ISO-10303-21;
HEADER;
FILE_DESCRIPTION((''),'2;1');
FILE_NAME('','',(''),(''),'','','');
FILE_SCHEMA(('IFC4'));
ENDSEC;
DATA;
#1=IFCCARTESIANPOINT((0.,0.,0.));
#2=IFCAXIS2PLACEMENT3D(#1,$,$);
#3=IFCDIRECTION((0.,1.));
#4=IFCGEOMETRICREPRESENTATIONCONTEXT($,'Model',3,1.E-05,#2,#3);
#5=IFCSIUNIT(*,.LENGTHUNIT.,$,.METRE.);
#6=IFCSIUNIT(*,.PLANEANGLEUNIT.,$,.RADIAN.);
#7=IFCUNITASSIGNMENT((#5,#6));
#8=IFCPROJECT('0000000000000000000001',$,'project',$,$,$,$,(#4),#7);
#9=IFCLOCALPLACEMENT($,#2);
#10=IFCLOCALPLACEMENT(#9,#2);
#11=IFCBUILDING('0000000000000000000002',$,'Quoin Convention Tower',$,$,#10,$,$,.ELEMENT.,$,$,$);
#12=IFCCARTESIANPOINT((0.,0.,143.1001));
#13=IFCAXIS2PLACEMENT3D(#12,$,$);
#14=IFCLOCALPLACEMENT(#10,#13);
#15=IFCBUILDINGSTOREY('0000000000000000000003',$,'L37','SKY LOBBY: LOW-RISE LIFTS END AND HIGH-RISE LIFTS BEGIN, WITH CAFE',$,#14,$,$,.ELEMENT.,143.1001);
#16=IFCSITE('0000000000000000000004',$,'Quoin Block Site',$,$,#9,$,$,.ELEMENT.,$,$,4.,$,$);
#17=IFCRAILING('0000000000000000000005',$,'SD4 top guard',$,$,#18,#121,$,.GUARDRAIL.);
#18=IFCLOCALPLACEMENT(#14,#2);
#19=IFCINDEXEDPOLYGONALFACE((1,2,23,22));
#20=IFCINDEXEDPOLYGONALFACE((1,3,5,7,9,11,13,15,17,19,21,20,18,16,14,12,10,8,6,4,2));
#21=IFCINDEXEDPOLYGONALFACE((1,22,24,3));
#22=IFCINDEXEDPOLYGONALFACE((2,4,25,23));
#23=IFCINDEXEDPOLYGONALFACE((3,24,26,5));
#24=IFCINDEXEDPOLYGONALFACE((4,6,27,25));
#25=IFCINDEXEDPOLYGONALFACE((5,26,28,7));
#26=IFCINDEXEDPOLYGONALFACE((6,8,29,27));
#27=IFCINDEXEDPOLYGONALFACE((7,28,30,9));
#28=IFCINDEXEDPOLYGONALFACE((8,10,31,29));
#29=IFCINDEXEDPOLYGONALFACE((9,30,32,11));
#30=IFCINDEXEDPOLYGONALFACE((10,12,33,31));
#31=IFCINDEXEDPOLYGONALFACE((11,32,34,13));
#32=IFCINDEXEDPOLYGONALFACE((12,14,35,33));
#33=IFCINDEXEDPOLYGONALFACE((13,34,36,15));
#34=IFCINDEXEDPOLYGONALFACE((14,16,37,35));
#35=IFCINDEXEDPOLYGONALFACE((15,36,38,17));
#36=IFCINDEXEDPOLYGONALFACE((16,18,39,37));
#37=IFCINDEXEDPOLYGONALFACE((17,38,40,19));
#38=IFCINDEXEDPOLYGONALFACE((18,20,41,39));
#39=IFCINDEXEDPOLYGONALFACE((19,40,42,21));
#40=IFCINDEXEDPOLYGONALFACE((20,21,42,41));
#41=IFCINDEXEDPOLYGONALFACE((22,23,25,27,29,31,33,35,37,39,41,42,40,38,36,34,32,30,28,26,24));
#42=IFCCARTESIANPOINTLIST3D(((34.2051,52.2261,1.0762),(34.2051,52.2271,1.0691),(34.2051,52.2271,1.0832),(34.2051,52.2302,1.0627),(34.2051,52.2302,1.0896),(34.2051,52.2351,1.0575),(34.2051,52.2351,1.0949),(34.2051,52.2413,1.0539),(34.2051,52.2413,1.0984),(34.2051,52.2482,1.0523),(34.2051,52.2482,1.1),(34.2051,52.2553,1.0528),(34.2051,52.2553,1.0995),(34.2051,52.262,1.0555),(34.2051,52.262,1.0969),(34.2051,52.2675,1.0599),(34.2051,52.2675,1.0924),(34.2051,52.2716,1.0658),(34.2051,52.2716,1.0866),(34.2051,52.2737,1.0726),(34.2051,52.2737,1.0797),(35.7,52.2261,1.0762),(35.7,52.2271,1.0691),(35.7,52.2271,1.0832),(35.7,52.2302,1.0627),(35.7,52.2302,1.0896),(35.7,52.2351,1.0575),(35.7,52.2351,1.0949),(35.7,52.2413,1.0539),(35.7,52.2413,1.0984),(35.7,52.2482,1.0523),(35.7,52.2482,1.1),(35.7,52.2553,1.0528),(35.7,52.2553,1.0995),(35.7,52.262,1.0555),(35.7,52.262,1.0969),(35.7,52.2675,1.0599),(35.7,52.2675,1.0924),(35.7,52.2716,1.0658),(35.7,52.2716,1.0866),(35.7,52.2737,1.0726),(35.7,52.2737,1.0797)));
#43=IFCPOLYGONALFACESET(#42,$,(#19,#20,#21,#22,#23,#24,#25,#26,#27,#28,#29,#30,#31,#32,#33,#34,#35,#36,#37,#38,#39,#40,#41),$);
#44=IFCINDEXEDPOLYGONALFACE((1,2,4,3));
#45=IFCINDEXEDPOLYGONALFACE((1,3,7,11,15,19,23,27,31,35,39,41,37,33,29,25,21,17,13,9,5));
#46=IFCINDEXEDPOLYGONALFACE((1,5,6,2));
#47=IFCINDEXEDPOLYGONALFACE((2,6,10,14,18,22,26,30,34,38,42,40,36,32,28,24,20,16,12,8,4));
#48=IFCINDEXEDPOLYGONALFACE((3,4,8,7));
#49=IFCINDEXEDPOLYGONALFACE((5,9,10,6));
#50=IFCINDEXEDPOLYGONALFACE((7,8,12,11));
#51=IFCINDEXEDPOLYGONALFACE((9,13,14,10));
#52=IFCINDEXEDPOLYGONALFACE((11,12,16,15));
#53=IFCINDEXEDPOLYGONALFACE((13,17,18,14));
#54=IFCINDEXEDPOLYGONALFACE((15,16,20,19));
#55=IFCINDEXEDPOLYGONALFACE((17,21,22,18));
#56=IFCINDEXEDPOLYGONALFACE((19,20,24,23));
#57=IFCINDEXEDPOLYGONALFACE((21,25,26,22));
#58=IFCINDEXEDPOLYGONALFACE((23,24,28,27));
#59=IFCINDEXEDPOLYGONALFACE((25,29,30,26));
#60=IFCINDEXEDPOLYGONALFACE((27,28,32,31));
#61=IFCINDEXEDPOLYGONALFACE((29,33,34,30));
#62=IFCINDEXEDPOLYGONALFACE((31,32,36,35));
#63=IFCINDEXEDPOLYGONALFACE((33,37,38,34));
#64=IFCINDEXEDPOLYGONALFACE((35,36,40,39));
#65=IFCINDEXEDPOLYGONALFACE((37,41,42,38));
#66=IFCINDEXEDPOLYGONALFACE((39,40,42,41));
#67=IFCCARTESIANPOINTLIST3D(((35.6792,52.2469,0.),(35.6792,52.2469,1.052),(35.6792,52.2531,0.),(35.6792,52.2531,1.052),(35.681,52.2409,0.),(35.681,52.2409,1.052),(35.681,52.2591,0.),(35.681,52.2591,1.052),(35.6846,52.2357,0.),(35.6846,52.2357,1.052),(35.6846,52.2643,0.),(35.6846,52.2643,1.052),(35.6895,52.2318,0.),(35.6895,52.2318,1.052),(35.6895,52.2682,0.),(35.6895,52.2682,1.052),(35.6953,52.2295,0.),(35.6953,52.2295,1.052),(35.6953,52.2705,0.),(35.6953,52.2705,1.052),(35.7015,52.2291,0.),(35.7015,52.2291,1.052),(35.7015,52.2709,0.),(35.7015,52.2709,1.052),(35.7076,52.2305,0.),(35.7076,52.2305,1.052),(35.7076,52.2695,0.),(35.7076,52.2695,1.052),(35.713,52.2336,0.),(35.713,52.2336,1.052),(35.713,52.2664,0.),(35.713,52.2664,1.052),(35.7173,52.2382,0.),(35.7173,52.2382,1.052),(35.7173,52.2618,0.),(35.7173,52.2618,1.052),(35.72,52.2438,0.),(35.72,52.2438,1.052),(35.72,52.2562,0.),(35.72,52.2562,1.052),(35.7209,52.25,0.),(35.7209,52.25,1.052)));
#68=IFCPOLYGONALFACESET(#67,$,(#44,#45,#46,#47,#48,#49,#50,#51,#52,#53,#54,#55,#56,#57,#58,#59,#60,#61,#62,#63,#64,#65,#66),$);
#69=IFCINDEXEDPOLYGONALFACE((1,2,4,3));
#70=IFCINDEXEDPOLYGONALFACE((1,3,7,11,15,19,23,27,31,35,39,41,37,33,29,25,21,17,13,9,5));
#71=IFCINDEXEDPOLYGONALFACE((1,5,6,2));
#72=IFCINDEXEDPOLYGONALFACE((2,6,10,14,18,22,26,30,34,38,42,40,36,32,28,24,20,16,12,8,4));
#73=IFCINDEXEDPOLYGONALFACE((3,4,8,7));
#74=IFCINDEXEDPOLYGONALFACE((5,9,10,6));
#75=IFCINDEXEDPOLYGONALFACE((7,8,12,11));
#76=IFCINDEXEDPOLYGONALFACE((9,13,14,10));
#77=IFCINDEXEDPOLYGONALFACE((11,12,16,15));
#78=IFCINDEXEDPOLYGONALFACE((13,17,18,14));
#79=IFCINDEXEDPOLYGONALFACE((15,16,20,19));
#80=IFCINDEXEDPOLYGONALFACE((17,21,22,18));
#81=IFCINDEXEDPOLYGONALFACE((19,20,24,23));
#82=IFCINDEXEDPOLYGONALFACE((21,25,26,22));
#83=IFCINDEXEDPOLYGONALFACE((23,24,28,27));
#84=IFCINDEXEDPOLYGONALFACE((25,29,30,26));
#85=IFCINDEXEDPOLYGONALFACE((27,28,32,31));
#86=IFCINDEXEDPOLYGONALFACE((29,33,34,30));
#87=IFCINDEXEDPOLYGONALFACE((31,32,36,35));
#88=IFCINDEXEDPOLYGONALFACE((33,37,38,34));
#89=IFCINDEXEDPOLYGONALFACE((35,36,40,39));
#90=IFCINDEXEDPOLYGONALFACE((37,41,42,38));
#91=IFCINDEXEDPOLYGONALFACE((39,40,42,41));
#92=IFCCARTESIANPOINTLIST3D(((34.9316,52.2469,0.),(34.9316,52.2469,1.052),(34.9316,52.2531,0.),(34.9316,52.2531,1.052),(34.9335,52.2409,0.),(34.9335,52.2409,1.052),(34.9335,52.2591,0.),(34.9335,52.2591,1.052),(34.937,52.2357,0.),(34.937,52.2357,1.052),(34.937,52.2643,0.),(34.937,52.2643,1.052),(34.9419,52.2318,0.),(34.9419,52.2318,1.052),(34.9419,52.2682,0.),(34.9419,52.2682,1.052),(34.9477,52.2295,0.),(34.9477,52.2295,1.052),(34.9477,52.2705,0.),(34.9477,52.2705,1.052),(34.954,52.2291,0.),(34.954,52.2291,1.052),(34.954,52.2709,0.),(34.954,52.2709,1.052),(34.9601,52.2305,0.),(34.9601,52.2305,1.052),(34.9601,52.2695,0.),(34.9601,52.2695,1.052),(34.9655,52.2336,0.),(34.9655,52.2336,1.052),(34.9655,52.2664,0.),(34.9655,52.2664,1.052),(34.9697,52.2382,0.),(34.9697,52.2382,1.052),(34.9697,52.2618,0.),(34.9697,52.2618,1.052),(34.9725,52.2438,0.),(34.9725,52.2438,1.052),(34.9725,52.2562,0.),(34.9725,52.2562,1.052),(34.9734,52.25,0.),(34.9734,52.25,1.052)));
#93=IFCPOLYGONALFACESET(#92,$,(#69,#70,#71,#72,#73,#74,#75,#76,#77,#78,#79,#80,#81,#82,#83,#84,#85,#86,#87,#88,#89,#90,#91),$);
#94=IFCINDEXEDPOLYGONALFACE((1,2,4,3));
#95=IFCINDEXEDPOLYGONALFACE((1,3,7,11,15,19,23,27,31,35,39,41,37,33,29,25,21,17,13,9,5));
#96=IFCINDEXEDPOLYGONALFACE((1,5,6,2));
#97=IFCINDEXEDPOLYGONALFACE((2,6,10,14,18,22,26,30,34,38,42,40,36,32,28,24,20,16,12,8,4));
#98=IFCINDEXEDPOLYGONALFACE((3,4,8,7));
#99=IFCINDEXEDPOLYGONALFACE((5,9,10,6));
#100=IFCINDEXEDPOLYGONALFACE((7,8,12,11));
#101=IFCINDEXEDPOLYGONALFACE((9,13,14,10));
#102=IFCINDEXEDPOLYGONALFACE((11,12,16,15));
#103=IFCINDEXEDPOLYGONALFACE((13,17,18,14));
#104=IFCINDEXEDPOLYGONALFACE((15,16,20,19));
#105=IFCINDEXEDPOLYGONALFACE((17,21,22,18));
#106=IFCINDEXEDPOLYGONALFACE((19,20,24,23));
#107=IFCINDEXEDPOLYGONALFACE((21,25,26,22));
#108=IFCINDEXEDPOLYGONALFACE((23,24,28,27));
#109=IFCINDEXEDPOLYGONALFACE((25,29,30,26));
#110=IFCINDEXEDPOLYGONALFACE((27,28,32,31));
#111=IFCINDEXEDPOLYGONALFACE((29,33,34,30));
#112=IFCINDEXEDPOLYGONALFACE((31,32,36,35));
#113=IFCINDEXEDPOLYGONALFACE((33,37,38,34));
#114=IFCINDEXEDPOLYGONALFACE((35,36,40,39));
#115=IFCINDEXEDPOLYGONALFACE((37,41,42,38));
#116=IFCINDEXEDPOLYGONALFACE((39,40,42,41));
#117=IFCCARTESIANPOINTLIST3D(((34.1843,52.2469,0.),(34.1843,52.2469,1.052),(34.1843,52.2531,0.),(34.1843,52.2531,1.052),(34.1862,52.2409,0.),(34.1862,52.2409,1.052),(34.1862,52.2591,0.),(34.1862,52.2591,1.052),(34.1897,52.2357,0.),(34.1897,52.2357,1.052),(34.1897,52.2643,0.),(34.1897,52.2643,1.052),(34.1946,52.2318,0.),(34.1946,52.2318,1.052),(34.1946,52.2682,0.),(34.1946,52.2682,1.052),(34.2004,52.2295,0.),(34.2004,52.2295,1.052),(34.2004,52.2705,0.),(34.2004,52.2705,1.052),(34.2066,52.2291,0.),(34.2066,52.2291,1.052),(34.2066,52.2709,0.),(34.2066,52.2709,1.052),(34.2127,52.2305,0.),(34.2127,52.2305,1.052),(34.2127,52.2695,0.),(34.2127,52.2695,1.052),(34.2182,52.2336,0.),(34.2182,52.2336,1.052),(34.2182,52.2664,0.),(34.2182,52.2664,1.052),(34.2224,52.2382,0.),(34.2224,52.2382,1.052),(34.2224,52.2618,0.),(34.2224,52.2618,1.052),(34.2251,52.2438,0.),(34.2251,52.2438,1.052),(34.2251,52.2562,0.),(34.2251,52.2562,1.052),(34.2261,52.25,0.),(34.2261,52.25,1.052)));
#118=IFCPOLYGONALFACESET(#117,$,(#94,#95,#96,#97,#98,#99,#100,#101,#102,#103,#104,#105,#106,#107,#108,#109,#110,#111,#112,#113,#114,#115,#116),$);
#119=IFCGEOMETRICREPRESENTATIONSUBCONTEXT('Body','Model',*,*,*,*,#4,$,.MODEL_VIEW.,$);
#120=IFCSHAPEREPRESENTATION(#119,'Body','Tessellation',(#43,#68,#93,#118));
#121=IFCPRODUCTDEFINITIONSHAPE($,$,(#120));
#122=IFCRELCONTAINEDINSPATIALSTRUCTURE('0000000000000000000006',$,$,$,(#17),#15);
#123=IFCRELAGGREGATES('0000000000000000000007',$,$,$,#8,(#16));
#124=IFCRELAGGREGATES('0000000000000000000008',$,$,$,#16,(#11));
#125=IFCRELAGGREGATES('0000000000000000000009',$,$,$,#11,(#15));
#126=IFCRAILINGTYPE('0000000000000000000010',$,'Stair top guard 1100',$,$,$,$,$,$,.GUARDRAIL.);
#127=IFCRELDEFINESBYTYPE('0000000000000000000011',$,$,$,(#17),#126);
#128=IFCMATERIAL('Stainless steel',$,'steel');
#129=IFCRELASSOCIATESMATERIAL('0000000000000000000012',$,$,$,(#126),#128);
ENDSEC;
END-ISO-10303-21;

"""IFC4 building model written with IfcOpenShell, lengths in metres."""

from ifc_helpers import new_model, si_unit, direction, frame, origin, origin_2d, place, context, subcontext, project, spatial, circle, extrude, material, type_object, element, save


model = new_model("IFC4")

# Units and contexts
model_context = context("Model", 3, precision=1e-05, world=origin(), true_north=direction((0.0, 1.0)))
body_context = subcontext(model_context, "Body", "Model", "MODEL_VIEW")
ifc_project = project(units=[si_unit("LENGTHUNIT", "METRE"), si_unit("PLANEANGLEUNIT", "RADIAN")], contexts=[model_context])

# Site, building, storey
site_placement = place(None, origin())
site = spatial("IfcSite", under=ifc_project, at=site_placement, Name="Quoin Block Site", CompositionType="ELEMENT", RefElevation=4.0)
building_placement = place(site_placement, origin())
building = spatial("IfcBuilding", under=site, at=building_placement, Name="Quoin Convention Tower", CompositionType="ELEMENT")
storey_placement = place(building_placement, frame((0.0, 0.0, 143.1001)))
storey = spatial("IfcBuildingStorey", under=building, at=storey_placement, Name="L37", Description="SKY LOBBY: LOW-RISE LIFTS END AND HIGH-RISE LIFTS BEGIN, WITH CAFE", CompositionType="ELEMENT", Elevation=143.1001)

# Railing
ifc_material_1 = material(Name="Stainless steel", Category="steel")
railing_type_1 = type_object("IfcRailingType", Name="Stair top guard 1100", PredefinedType="GUARDRAIL", material=ifc_material_1)
railing_1_placement = place(storey_placement, frame((35.7, 52.25, 0.0)))
element("IfcRailing", 1, at=railing_1_placement, inside=storey, type_object=railing_type_1, Name="SD4 top guard", PredefinedType="GUARDRAIL", context=body_context, shape_type="SweptSolid", body=[
    extrude(circle(Radius=0.0239, at=origin_2d()), frame((0.0, 0.0, 1.0762), z_axis=(-1.0, 0.0, 0.0), x_axis=(0.0, -1.0, 0.0)), (0.0, 0.0, 1.0), 1.4949),
    extrude(circle(Radius=0.021, at=origin_2d()), origin(), (0.0, 0.0, 1.0), 1.052),
    extrude(circle(Radius=0.021, at=origin_2d()), frame((-0.7476, 0.0, 0.0)), (0.0, 0.0, 1.0), 1.052),
    extrude(circle(Radius=0.021, at=origin_2d()), frame((-1.4949, 0.0, 0.0)), (0.0, 0.0, 1.0), 1.052),
])

save(model, "model.ifc")
